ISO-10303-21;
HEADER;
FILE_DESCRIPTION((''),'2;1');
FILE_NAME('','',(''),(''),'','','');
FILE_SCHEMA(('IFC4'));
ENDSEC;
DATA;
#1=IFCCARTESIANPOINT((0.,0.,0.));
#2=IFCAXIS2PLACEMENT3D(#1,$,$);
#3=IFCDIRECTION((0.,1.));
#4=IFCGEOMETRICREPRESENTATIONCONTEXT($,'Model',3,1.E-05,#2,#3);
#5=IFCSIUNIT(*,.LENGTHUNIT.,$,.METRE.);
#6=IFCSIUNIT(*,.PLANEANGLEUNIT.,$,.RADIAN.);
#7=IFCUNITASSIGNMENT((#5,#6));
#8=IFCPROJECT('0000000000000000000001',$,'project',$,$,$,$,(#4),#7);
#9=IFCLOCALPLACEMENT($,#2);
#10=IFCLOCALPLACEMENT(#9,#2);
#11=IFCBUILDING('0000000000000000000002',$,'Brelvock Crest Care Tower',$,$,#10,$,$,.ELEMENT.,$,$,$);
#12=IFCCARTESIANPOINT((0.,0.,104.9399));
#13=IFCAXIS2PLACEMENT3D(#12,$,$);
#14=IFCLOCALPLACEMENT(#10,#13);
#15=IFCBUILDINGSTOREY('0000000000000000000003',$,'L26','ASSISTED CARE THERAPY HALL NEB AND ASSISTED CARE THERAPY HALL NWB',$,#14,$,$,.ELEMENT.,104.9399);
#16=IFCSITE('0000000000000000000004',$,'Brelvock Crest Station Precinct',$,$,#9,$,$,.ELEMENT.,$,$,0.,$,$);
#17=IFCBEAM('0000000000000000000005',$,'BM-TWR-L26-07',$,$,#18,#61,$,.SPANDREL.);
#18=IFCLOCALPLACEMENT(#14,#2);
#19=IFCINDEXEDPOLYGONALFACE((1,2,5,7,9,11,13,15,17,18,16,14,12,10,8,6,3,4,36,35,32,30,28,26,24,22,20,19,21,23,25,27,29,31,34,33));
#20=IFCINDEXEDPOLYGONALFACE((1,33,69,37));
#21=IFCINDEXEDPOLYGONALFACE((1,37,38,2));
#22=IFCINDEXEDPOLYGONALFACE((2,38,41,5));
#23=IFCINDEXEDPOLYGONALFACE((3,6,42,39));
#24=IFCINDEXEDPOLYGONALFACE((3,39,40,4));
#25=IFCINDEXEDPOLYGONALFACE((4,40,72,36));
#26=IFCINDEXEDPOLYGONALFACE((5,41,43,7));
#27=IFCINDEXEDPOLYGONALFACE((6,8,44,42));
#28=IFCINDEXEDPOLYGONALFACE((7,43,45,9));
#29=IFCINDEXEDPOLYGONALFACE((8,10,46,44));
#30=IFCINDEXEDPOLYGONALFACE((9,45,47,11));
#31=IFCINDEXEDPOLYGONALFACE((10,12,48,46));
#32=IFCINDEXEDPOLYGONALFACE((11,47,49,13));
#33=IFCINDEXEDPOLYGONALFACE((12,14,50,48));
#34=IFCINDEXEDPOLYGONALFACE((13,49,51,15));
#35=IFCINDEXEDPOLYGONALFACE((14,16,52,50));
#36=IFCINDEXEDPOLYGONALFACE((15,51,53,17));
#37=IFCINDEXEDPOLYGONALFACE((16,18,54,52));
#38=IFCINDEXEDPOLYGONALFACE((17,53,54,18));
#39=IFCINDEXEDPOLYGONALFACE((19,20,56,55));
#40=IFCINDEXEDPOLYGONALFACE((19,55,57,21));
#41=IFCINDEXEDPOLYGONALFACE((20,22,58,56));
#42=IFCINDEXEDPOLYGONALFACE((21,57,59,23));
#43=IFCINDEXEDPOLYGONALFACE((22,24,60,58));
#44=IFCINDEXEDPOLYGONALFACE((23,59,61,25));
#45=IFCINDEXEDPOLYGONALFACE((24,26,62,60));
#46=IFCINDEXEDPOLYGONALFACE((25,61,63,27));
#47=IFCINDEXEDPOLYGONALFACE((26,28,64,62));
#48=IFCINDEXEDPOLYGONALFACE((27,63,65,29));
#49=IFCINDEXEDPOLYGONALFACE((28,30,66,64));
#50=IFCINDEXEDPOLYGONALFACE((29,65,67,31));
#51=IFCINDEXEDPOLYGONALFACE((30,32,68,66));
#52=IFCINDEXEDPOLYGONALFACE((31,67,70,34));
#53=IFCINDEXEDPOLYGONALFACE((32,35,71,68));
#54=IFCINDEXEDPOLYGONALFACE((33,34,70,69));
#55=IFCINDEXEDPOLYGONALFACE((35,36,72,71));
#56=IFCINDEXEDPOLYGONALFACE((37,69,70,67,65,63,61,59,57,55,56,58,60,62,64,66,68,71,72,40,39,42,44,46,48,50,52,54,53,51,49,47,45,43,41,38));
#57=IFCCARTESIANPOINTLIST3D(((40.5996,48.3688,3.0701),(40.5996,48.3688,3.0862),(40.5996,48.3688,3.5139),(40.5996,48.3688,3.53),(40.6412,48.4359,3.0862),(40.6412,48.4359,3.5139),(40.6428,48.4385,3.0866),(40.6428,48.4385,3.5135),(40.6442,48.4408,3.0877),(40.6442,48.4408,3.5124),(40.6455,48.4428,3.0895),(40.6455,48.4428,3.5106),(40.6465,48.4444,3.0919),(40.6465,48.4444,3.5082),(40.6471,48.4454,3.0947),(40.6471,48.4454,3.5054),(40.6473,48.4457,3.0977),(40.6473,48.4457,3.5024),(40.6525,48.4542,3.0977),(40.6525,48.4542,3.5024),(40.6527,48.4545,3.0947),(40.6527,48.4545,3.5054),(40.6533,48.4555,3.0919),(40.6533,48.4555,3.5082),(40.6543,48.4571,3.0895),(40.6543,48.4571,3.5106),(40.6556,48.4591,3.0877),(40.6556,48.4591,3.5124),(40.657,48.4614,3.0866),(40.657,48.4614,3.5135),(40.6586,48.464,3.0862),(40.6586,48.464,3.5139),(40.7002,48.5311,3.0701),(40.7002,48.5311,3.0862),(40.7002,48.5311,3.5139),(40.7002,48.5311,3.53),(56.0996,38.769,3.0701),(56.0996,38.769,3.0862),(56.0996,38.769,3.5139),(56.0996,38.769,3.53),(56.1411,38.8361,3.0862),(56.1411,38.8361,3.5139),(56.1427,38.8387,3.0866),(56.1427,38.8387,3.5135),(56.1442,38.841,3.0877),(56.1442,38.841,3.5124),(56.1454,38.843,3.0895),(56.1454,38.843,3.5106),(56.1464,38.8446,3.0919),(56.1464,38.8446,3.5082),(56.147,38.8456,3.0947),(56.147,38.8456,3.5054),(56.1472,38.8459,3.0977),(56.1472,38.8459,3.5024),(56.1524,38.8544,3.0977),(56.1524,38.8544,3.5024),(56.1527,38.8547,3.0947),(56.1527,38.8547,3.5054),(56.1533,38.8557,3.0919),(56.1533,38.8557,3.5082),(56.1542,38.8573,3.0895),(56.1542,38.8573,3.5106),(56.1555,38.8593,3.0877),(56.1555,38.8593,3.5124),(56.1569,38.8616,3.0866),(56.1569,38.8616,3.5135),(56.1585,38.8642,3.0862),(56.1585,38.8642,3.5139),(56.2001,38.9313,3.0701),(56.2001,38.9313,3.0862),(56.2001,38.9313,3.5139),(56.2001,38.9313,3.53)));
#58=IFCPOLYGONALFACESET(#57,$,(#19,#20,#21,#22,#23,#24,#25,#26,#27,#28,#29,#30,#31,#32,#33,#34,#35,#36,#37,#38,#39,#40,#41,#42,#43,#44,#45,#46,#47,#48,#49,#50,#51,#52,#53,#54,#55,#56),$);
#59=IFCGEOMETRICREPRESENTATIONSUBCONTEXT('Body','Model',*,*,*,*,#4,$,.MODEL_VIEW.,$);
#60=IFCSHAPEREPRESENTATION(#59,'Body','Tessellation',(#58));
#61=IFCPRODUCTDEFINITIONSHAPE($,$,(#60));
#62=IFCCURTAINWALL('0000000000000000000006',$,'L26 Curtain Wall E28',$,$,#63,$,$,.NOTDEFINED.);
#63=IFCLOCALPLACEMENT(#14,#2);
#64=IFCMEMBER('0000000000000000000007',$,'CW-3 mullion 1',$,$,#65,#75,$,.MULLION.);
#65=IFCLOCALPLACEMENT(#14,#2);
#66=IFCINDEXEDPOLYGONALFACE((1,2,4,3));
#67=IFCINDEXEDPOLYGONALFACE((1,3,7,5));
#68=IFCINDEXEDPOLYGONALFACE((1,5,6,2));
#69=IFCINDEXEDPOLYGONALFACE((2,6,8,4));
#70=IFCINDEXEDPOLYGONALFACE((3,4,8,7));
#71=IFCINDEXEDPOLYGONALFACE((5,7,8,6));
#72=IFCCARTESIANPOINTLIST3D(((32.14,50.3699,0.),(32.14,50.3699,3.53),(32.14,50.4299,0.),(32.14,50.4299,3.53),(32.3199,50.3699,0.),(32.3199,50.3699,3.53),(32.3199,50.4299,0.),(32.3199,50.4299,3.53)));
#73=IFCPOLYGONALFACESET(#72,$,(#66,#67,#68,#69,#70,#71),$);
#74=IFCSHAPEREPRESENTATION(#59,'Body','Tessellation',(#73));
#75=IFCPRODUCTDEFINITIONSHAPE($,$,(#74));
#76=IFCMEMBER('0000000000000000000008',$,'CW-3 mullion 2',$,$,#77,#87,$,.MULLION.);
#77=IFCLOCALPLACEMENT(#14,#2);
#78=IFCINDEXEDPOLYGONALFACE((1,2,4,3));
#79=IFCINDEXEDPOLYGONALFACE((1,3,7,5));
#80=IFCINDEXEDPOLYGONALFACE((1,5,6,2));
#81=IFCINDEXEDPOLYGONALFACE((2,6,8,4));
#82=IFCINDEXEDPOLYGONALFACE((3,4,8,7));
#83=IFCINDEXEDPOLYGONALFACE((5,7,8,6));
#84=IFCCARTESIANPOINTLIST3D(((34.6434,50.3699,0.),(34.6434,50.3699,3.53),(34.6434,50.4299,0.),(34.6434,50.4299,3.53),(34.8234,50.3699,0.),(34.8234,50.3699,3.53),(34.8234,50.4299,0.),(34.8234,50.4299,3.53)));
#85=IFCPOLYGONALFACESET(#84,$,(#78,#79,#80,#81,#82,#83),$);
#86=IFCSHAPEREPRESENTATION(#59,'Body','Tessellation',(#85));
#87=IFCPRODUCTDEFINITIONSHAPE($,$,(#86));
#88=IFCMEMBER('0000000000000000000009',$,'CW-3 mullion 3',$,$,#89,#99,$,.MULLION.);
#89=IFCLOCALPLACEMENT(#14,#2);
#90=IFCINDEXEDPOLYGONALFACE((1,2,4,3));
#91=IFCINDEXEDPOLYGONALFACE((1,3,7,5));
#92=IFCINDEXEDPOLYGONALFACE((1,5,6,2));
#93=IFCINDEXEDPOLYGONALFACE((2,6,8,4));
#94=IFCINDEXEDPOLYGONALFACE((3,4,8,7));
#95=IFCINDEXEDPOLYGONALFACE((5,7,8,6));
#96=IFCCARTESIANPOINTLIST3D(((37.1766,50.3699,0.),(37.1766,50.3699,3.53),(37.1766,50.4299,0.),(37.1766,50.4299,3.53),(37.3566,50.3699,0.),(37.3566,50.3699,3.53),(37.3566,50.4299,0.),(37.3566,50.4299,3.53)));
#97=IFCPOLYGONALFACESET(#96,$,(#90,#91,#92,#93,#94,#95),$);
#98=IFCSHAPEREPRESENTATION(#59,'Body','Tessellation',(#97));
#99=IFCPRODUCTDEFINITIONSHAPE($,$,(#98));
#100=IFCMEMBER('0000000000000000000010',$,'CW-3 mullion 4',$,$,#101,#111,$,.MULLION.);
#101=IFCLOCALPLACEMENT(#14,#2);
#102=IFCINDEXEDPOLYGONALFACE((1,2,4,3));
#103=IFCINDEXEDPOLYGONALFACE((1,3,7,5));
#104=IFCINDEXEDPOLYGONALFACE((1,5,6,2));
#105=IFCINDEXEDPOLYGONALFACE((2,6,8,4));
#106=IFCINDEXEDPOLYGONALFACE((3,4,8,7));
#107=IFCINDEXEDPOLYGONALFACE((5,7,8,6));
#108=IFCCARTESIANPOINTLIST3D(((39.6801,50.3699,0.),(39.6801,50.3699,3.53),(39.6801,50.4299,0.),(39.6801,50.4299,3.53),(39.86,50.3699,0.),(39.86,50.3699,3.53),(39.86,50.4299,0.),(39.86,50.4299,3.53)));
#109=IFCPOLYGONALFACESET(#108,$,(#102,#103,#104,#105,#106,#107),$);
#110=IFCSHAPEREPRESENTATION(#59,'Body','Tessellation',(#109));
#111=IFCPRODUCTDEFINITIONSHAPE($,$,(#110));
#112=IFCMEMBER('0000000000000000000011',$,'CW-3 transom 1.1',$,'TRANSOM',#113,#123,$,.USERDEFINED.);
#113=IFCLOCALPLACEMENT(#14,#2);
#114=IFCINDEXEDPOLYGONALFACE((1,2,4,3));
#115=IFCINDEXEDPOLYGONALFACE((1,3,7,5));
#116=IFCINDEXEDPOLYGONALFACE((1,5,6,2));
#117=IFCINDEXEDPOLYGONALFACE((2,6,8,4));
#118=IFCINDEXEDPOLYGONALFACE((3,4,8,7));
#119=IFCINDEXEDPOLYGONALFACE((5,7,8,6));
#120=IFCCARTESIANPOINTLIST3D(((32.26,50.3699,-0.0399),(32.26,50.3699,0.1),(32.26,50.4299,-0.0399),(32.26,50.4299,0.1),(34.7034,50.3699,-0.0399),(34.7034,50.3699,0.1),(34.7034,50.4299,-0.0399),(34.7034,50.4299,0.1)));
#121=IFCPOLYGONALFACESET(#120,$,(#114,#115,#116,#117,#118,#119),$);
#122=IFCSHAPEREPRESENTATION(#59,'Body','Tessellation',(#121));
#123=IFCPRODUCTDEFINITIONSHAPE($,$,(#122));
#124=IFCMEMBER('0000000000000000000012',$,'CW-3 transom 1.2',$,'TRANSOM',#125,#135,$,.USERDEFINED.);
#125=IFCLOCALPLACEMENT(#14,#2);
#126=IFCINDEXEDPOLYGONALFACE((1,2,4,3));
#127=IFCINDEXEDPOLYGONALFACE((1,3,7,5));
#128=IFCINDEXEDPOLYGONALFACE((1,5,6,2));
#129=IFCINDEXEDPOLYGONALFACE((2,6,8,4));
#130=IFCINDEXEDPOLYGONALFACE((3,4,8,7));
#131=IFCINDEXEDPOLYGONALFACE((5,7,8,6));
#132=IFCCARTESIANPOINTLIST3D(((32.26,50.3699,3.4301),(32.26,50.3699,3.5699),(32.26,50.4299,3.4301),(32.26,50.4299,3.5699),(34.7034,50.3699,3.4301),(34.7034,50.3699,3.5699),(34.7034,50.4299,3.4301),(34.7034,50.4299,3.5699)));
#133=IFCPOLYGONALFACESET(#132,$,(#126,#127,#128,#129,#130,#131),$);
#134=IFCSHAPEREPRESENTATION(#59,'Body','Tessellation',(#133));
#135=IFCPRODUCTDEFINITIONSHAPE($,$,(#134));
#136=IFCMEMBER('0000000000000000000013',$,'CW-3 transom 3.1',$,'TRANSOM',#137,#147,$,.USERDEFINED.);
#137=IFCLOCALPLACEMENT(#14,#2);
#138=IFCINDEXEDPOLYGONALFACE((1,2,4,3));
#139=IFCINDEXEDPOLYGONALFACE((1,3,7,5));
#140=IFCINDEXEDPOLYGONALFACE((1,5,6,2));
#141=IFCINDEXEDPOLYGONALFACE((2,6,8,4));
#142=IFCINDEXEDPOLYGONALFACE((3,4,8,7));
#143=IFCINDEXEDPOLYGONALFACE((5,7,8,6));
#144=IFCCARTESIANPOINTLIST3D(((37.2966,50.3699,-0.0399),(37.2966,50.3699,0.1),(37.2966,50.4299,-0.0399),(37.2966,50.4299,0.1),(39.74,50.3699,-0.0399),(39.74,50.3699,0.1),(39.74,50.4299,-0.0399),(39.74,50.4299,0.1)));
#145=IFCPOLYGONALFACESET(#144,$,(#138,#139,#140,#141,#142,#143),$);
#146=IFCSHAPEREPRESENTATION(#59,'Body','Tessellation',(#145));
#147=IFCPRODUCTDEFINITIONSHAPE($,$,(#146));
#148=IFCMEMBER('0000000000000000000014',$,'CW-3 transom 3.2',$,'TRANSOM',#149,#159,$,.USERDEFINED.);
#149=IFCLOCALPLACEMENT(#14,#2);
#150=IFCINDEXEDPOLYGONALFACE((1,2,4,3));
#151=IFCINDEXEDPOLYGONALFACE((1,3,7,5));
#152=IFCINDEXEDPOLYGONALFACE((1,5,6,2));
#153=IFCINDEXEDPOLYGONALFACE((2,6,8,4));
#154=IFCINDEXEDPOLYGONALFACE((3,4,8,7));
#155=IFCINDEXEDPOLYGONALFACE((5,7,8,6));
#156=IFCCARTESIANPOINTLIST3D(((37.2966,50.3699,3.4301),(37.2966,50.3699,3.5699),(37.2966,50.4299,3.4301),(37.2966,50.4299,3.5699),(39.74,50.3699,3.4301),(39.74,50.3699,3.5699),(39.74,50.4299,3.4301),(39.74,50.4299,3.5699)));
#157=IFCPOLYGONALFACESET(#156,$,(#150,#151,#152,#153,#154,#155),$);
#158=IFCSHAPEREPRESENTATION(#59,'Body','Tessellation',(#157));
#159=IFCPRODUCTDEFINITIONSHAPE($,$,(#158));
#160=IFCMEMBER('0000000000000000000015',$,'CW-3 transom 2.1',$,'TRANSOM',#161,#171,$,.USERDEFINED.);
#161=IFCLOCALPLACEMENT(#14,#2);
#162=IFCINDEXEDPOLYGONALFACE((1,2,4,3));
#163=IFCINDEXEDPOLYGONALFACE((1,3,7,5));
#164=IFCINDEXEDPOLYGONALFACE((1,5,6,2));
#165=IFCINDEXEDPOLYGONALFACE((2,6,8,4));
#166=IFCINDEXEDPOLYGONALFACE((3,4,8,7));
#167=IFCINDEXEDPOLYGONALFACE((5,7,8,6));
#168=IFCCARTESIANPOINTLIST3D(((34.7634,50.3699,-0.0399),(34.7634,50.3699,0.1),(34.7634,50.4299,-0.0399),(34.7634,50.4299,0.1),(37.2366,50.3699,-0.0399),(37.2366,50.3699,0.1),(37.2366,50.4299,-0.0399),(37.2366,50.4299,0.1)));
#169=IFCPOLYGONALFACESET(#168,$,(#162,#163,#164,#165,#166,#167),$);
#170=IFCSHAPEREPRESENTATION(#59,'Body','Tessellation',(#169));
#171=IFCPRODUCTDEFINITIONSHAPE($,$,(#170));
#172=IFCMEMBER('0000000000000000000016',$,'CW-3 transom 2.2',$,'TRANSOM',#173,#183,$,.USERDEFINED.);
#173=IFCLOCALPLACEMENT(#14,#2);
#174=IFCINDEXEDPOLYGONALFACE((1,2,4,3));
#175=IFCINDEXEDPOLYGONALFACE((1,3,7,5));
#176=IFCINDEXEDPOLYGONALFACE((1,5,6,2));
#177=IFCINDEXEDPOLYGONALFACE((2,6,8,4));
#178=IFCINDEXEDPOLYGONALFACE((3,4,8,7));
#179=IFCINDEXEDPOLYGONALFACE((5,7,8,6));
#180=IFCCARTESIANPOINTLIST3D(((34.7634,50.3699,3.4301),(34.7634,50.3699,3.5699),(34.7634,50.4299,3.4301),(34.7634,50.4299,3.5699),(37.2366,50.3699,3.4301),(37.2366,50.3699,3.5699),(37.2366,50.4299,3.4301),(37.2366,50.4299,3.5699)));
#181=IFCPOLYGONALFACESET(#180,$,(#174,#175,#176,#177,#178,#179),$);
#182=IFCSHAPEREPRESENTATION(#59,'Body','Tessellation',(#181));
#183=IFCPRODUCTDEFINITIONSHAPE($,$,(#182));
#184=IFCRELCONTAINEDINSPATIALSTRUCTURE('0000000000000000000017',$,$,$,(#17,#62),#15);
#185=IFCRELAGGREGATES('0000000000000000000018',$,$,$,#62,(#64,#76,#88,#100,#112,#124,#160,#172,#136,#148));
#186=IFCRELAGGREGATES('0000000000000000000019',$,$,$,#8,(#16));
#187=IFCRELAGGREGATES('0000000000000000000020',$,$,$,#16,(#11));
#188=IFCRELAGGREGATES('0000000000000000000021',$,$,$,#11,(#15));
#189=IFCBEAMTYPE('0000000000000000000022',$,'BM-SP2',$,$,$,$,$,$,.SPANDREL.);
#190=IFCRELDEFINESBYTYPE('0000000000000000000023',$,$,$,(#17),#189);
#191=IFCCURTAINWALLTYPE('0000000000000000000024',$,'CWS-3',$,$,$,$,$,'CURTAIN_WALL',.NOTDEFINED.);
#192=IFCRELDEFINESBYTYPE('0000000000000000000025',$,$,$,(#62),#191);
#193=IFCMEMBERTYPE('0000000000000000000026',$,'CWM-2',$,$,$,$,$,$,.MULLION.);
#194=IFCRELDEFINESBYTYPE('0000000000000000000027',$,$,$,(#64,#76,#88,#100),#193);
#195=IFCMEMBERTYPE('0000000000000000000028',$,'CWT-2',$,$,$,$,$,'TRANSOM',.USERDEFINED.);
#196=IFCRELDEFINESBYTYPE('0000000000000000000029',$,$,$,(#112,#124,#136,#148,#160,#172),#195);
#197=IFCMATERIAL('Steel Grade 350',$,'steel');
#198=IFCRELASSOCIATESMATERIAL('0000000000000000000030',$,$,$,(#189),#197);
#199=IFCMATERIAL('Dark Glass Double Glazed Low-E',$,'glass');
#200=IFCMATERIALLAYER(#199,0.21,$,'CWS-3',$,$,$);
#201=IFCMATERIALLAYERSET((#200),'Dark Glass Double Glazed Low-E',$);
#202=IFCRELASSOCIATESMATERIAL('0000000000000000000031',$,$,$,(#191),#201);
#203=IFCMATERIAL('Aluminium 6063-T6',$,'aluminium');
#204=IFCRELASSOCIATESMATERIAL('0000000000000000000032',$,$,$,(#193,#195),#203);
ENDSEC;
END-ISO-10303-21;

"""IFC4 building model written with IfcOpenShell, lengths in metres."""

from ifc_helpers import new_model, si_unit, direction, frame, origin, origin_2d, place, context, subcontext, project, spatial, rectangle, i_section, extrude, source, transform, mapped, material, layer, layer_set, material_profile, profile_set, type_object, element, aggregate, save


model = new_model("IFC4")

# Units and contexts
model_context = context("Model", 3, precision=1e-05, world=origin(), true_north=direction((0.0, 1.0)))
body_context = subcontext(model_context, "Body", "Model", "MODEL_VIEW")
ifc_project = project(units=[si_unit("LENGTHUNIT", "METRE"), si_unit("PLANEANGLEUNIT", "RADIAN")], contexts=[model_context])

# Site, building, storey
site_placement = place(None, origin())
site = spatial("IfcSite", under=ifc_project, at=site_placement, Name="Brelvock Crest Station Precinct", CompositionType="ELEMENT", RefElevation=0.0)
building_placement = place(site_placement, origin())
building = spatial("IfcBuilding", under=site, at=building_placement, Name="Brelvock Crest Care Tower", CompositionType="ELEMENT")
storey_placement = place(building_placement, frame((0.0, 0.0, 104.9399)))
storey = spatial("IfcBuildingStorey", under=building, at=storey_placement, Name="L26", Description="ASSISTED CARE THERAPY HALL NEB AND ASSISTED CARE THERAPY HALL NWB", CompositionType="ELEMENT", Elevation=104.9399)

# Shared definitions
ifc_material_1 = material(Name="Steel Grade 350", Category="steel")

# Beam
ifc_material_profile_1 = material_profile(ifc_material_1, i_section(OverallWidth=0.1909, OverallDepth=0.46, WebThickness=0.01, FlangeThickness=0.0161, FilletRadius=0.0115, at=origin_2d()), Name="460UB82.1")
ifc_profile_set_1 = profile_set([ifc_material_profile_1], Name="Steel Grade 350")
beam_type_1 = type_object("IfcBeamType", Name="BM-SP2", PredefinedType="SPANDREL", material=ifc_profile_set_1)
shared_shape_1 = source(origin(), body_context, "Body", "SweptSolid", [
    extrude(i_section(OverallWidth=0.1909, OverallDepth=0.46, WebThickness=0.01, FlangeThickness=0.0161, FilletRadius=0.0115, at=origin_2d()), origin(), (0.0, 0.0, 1.0), 18.2319),
])
beam_placement = place(storey_placement, frame((40.6499, 48.45, 3.3), z_axis=(0.850152, -0.526538, 0.0), x_axis=(0.526538, 0.850152, 0.0)))
element("IfcBeam", 1, at=beam_placement, inside=storey, type_object=beam_type_1, Name="BM-TWR-L26-07", PredefinedType="SPANDREL", context=body_context, shape_type="MappedRepresentation", body=[
    mapped(shared_shape_1, transform((0.0, 0.0, 0.0), x_axis=(1.0, 0.0, 0.0), y_axis=(0.0, 1.0, 0.0), z_axis=(0.0, 0.0, 1.0), scale=1.0)),
])

# Curtain wall, members
ifc_material_2 = material(Name="Dark Glass Double Glazed Low-E", Category="glass")
ifc_layer_1 = layer(ifc_material_2, 0.21, Name="CWS-3")
ifc_layer_set_1 = layer_set([ifc_layer_1], Name="Dark Glass Double Glazed Low-E")
curtain_wall_type = type_object("IfcCurtainWallType", Name="CWS-3", ElementType="CURTAIN_WALL", PredefinedType="NOTDEFINED", material=ifc_layer_set_1)
curtain_wall_placement = place(storey_placement, origin())
curtain_wall = element("IfcCurtainWall", 2, at=curtain_wall_placement, inside=storey, type_object=curtain_wall_type, Name="L26 Curtain Wall E28", PredefinedType="NOTDEFINED")
ifc_material_3 = material(Name="Aluminium 6063-T6", Category="aluminium")
ifc_material_profile_2 = material_profile(ifc_material_3, rectangle(XDim=0.0601, YDim=0.1799, at=origin_2d()), Name="ALU60x180")
ifc_profile_set_2 = profile_set([ifc_material_profile_2], Name="Aluminium 6063-T6")
member_type_1 = type_object("IfcMemberType", Name="CWM-2", PredefinedType="MULLION", material=ifc_profile_set_2)
shared_shape_2 = source(origin(), body_context, "Body", "SweptSolid", [
    extrude(rectangle(XDim=0.0601, YDim=0.1799, at=origin_2d()), origin(), (0.0, 0.0, 1.0), 3.53),
])
member_1_placement = place(storey_placement, frame((32.23, 50.3999, 0.0), z_axis=(0.0, 0.0, 1.0), x_axis=(0.0, 1.0, 0.0)))
member_1 = element("IfcMember", 3, at=member_1_placement, type_object=member_type_1, Name="CW-3 mullion 1", PredefinedType="MULLION", context=body_context, shape_type="MappedRepresentation", body=[
    mapped(shared_shape_2, transform((0.0, 0.0, 0.0), x_axis=(1.0, 0.0, 0.0), y_axis=(0.0, 1.0, 0.0), z_axis=(0.0, 0.0, 1.0), scale=1.0)),
])
member_2_placement = place(storey_placement, frame((34.7334, 50.3999, 0.0), z_axis=(0.0, 0.0, 1.0), x_axis=(0.0, 1.0, 0.0)))
member_2 = element("IfcMember", 4, at=member_2_placement, type_object=member_type_1, Name="CW-3 mullion 2", PredefinedType="MULLION", context=body_context, shape_type="MappedRepresentation", body=[
    mapped(shared_shape_2, transform((0.0, 0.0, 0.0), x_axis=(1.0, 0.0, 0.0), y_axis=(0.0, 1.0, 0.0), z_axis=(0.0, 0.0, 1.0), scale=1.0)),
])
member_3_placement = place(storey_placement, frame((37.2666, 50.3999, 0.0), z_axis=(0.0, 0.0, 1.0), x_axis=(0.0, 1.0, 0.0)))
member_3 = element("IfcMember", 5, at=member_3_placement, type_object=member_type_1, Name="CW-3 mullion 3", PredefinedType="MULLION", context=body_context, shape_type="MappedRepresentation", body=[
    mapped(shared_shape_2, transform((0.0, 0.0, 0.0), x_axis=(1.0, 0.0, 0.0), y_axis=(0.0, 1.0, 0.0), z_axis=(0.0, 0.0, 1.0), scale=1.0)),
])
member_4_placement = place(storey_placement, frame((39.77, 50.3999, 0.0), z_axis=(0.0, 0.0, 1.0), x_axis=(0.0, 1.0, 0.0)))
member_4 = element("IfcMember", 6, at=member_4_placement, type_object=member_type_1, Name="CW-3 mullion 4", PredefinedType="MULLION", context=body_context, shape_type="MappedRepresentation", body=[
    mapped(shared_shape_2, transform((0.0, 0.0, 0.0), x_axis=(1.0, 0.0, 0.0), y_axis=(0.0, 1.0, 0.0), z_axis=(0.0, 0.0, 1.0), scale=1.0)),
])
ifc_material_profile_3 = material_profile(ifc_material_3, rectangle(XDim=0.0601, YDim=0.1399, at=origin_2d()), Name="ALU60x140")
ifc_profile_set_3 = profile_set([ifc_material_profile_3], Name="Aluminium 6063-T6")
member_type_2 = type_object("IfcMemberType", Name="CWT-2", ElementType="TRANSOM", PredefinedType="USERDEFINED", material=ifc_profile_set_3)
shared_shape_3 = source(origin(), body_context, "Body", "SweptSolid", [
    extrude(rectangle(XDim=0.0601, YDim=0.1399, at=origin_2d()), origin(), (0.0, 0.0, 1.0), 2.4434),
])
member_5_placement = place(storey_placement, frame((32.26, 50.3999, 0.03), z_axis=(1.0, 0.0, 0.0), x_axis=(0.0, 1.0, 0.0)))
member_5 = element("IfcMember", 7, at=member_5_placement, type_object=member_type_2, Name="CW-3 transom 1.1", ObjectType="TRANSOM", PredefinedType="USERDEFINED", context=body_context, shape_type="MappedRepresentation", body=[
    mapped(shared_shape_3, transform((0.0, 0.0, 0.0), x_axis=(1.0, 0.0, 0.0), y_axis=(0.0, 1.0, 0.0), z_axis=(0.0, 0.0, 1.0), scale=1.0)),
])
member_6_placement = place(storey_placement, frame((32.26, 50.3999, 3.5), z_axis=(1.0, 0.0, 0.0), x_axis=(0.0, 1.0, 0.0)))
member_6 = element("IfcMember", 8, at=member_6_placement, type_object=member_type_2, Name="CW-3 transom 1.2", ObjectType="TRANSOM", PredefinedType="USERDEFINED", context=body_context, shape_type="MappedRepresentation", body=[
    mapped(shared_shape_3, transform((0.0, 0.0, 0.0), x_axis=(1.0, 0.0, 0.0), y_axis=(0.0, 1.0, 0.0), z_axis=(0.0, 0.0, 1.0), scale=1.0)),
])
member_7_placement = place(storey_placement, frame((37.2966, 50.3999, 0.03), z_axis=(1.0, 0.0, 0.0), x_axis=(0.0, 1.0, 0.0)))
member_7 = element("IfcMember", 9, at=member_7_placement, type_object=member_type_2, Name="CW-3 transom 3.1", ObjectType="TRANSOM", PredefinedType="USERDEFINED", context=body_context, shape_type="MappedRepresentation", body=[
    mapped(shared_shape_3, transform((0.0, 0.0, 0.0), x_axis=(1.0, 0.0, 0.0), y_axis=(0.0, 1.0, 0.0), z_axis=(0.0, 0.0, 1.0), scale=1.0)),
])
member_8_placement = place(storey_placement, frame((37.2966, 50.3999, 3.5), z_axis=(1.0, 0.0, 0.0), x_axis=(0.0, 1.0, 0.0)))
member_8 = element("IfcMember", 10, at=member_8_placement, type_object=member_type_2, Name="CW-3 transom 3.2", ObjectType="TRANSOM", PredefinedType="USERDEFINED", context=body_context, shape_type="MappedRepresentation", body=[
    mapped(shared_shape_3, transform((0.0, 0.0, 0.0), x_axis=(1.0, 0.0, 0.0), y_axis=(0.0, 1.0, 0.0), z_axis=(0.0, 0.0, 1.0), scale=1.0)),
])
shared_shape_4 = source(origin(), body_context, "Body", "SweptSolid", [
    extrude(rectangle(XDim=0.0601, YDim=0.1399, at=origin_2d()), origin(), (0.0, 0.0, 1.0), 2.4731),
])
member_9_placement = place(storey_placement, frame((34.7634, 50.3999, 0.03), z_axis=(1.0, 0.0, 0.0), x_axis=(0.0, 1.0, 0.0)))
member_9 = element("IfcMember", 11, at=member_9_placement, type_object=member_type_2, Name="CW-3 transom 2.1", ObjectType="TRANSOM", PredefinedType="USERDEFINED", context=body_context, shape_type="MappedRepresentation", body=[
    mapped(shared_shape_4, transform((0.0, 0.0, 0.0), x_axis=(1.0, 0.0, 0.0), y_axis=(0.0, 1.0, 0.0), z_axis=(0.0, 0.0, 1.0), scale=1.0)),
])
member_10_placement = place(storey_placement, frame((34.7634, 50.3999, 3.5), z_axis=(1.0, 0.0, 0.0), x_axis=(0.0, 1.0, 0.0)))
member_10 = element("IfcMember", 12, at=member_10_placement, type_object=member_type_2, Name="CW-3 transom 2.2", ObjectType="TRANSOM", PredefinedType="USERDEFINED", context=body_context, shape_type="MappedRepresentation", body=[
    mapped(shared_shape_4, transform((0.0, 0.0, 0.0), x_axis=(1.0, 0.0, 0.0), y_axis=(0.0, 1.0, 0.0), z_axis=(0.0, 0.0, 1.0), scale=1.0)),
])
aggregate(curtain_wall, [member_1, member_2, member_3, member_4, member_5, member_6, member_9, member_10, member_7, member_8])

save(model, "model.ifc")
